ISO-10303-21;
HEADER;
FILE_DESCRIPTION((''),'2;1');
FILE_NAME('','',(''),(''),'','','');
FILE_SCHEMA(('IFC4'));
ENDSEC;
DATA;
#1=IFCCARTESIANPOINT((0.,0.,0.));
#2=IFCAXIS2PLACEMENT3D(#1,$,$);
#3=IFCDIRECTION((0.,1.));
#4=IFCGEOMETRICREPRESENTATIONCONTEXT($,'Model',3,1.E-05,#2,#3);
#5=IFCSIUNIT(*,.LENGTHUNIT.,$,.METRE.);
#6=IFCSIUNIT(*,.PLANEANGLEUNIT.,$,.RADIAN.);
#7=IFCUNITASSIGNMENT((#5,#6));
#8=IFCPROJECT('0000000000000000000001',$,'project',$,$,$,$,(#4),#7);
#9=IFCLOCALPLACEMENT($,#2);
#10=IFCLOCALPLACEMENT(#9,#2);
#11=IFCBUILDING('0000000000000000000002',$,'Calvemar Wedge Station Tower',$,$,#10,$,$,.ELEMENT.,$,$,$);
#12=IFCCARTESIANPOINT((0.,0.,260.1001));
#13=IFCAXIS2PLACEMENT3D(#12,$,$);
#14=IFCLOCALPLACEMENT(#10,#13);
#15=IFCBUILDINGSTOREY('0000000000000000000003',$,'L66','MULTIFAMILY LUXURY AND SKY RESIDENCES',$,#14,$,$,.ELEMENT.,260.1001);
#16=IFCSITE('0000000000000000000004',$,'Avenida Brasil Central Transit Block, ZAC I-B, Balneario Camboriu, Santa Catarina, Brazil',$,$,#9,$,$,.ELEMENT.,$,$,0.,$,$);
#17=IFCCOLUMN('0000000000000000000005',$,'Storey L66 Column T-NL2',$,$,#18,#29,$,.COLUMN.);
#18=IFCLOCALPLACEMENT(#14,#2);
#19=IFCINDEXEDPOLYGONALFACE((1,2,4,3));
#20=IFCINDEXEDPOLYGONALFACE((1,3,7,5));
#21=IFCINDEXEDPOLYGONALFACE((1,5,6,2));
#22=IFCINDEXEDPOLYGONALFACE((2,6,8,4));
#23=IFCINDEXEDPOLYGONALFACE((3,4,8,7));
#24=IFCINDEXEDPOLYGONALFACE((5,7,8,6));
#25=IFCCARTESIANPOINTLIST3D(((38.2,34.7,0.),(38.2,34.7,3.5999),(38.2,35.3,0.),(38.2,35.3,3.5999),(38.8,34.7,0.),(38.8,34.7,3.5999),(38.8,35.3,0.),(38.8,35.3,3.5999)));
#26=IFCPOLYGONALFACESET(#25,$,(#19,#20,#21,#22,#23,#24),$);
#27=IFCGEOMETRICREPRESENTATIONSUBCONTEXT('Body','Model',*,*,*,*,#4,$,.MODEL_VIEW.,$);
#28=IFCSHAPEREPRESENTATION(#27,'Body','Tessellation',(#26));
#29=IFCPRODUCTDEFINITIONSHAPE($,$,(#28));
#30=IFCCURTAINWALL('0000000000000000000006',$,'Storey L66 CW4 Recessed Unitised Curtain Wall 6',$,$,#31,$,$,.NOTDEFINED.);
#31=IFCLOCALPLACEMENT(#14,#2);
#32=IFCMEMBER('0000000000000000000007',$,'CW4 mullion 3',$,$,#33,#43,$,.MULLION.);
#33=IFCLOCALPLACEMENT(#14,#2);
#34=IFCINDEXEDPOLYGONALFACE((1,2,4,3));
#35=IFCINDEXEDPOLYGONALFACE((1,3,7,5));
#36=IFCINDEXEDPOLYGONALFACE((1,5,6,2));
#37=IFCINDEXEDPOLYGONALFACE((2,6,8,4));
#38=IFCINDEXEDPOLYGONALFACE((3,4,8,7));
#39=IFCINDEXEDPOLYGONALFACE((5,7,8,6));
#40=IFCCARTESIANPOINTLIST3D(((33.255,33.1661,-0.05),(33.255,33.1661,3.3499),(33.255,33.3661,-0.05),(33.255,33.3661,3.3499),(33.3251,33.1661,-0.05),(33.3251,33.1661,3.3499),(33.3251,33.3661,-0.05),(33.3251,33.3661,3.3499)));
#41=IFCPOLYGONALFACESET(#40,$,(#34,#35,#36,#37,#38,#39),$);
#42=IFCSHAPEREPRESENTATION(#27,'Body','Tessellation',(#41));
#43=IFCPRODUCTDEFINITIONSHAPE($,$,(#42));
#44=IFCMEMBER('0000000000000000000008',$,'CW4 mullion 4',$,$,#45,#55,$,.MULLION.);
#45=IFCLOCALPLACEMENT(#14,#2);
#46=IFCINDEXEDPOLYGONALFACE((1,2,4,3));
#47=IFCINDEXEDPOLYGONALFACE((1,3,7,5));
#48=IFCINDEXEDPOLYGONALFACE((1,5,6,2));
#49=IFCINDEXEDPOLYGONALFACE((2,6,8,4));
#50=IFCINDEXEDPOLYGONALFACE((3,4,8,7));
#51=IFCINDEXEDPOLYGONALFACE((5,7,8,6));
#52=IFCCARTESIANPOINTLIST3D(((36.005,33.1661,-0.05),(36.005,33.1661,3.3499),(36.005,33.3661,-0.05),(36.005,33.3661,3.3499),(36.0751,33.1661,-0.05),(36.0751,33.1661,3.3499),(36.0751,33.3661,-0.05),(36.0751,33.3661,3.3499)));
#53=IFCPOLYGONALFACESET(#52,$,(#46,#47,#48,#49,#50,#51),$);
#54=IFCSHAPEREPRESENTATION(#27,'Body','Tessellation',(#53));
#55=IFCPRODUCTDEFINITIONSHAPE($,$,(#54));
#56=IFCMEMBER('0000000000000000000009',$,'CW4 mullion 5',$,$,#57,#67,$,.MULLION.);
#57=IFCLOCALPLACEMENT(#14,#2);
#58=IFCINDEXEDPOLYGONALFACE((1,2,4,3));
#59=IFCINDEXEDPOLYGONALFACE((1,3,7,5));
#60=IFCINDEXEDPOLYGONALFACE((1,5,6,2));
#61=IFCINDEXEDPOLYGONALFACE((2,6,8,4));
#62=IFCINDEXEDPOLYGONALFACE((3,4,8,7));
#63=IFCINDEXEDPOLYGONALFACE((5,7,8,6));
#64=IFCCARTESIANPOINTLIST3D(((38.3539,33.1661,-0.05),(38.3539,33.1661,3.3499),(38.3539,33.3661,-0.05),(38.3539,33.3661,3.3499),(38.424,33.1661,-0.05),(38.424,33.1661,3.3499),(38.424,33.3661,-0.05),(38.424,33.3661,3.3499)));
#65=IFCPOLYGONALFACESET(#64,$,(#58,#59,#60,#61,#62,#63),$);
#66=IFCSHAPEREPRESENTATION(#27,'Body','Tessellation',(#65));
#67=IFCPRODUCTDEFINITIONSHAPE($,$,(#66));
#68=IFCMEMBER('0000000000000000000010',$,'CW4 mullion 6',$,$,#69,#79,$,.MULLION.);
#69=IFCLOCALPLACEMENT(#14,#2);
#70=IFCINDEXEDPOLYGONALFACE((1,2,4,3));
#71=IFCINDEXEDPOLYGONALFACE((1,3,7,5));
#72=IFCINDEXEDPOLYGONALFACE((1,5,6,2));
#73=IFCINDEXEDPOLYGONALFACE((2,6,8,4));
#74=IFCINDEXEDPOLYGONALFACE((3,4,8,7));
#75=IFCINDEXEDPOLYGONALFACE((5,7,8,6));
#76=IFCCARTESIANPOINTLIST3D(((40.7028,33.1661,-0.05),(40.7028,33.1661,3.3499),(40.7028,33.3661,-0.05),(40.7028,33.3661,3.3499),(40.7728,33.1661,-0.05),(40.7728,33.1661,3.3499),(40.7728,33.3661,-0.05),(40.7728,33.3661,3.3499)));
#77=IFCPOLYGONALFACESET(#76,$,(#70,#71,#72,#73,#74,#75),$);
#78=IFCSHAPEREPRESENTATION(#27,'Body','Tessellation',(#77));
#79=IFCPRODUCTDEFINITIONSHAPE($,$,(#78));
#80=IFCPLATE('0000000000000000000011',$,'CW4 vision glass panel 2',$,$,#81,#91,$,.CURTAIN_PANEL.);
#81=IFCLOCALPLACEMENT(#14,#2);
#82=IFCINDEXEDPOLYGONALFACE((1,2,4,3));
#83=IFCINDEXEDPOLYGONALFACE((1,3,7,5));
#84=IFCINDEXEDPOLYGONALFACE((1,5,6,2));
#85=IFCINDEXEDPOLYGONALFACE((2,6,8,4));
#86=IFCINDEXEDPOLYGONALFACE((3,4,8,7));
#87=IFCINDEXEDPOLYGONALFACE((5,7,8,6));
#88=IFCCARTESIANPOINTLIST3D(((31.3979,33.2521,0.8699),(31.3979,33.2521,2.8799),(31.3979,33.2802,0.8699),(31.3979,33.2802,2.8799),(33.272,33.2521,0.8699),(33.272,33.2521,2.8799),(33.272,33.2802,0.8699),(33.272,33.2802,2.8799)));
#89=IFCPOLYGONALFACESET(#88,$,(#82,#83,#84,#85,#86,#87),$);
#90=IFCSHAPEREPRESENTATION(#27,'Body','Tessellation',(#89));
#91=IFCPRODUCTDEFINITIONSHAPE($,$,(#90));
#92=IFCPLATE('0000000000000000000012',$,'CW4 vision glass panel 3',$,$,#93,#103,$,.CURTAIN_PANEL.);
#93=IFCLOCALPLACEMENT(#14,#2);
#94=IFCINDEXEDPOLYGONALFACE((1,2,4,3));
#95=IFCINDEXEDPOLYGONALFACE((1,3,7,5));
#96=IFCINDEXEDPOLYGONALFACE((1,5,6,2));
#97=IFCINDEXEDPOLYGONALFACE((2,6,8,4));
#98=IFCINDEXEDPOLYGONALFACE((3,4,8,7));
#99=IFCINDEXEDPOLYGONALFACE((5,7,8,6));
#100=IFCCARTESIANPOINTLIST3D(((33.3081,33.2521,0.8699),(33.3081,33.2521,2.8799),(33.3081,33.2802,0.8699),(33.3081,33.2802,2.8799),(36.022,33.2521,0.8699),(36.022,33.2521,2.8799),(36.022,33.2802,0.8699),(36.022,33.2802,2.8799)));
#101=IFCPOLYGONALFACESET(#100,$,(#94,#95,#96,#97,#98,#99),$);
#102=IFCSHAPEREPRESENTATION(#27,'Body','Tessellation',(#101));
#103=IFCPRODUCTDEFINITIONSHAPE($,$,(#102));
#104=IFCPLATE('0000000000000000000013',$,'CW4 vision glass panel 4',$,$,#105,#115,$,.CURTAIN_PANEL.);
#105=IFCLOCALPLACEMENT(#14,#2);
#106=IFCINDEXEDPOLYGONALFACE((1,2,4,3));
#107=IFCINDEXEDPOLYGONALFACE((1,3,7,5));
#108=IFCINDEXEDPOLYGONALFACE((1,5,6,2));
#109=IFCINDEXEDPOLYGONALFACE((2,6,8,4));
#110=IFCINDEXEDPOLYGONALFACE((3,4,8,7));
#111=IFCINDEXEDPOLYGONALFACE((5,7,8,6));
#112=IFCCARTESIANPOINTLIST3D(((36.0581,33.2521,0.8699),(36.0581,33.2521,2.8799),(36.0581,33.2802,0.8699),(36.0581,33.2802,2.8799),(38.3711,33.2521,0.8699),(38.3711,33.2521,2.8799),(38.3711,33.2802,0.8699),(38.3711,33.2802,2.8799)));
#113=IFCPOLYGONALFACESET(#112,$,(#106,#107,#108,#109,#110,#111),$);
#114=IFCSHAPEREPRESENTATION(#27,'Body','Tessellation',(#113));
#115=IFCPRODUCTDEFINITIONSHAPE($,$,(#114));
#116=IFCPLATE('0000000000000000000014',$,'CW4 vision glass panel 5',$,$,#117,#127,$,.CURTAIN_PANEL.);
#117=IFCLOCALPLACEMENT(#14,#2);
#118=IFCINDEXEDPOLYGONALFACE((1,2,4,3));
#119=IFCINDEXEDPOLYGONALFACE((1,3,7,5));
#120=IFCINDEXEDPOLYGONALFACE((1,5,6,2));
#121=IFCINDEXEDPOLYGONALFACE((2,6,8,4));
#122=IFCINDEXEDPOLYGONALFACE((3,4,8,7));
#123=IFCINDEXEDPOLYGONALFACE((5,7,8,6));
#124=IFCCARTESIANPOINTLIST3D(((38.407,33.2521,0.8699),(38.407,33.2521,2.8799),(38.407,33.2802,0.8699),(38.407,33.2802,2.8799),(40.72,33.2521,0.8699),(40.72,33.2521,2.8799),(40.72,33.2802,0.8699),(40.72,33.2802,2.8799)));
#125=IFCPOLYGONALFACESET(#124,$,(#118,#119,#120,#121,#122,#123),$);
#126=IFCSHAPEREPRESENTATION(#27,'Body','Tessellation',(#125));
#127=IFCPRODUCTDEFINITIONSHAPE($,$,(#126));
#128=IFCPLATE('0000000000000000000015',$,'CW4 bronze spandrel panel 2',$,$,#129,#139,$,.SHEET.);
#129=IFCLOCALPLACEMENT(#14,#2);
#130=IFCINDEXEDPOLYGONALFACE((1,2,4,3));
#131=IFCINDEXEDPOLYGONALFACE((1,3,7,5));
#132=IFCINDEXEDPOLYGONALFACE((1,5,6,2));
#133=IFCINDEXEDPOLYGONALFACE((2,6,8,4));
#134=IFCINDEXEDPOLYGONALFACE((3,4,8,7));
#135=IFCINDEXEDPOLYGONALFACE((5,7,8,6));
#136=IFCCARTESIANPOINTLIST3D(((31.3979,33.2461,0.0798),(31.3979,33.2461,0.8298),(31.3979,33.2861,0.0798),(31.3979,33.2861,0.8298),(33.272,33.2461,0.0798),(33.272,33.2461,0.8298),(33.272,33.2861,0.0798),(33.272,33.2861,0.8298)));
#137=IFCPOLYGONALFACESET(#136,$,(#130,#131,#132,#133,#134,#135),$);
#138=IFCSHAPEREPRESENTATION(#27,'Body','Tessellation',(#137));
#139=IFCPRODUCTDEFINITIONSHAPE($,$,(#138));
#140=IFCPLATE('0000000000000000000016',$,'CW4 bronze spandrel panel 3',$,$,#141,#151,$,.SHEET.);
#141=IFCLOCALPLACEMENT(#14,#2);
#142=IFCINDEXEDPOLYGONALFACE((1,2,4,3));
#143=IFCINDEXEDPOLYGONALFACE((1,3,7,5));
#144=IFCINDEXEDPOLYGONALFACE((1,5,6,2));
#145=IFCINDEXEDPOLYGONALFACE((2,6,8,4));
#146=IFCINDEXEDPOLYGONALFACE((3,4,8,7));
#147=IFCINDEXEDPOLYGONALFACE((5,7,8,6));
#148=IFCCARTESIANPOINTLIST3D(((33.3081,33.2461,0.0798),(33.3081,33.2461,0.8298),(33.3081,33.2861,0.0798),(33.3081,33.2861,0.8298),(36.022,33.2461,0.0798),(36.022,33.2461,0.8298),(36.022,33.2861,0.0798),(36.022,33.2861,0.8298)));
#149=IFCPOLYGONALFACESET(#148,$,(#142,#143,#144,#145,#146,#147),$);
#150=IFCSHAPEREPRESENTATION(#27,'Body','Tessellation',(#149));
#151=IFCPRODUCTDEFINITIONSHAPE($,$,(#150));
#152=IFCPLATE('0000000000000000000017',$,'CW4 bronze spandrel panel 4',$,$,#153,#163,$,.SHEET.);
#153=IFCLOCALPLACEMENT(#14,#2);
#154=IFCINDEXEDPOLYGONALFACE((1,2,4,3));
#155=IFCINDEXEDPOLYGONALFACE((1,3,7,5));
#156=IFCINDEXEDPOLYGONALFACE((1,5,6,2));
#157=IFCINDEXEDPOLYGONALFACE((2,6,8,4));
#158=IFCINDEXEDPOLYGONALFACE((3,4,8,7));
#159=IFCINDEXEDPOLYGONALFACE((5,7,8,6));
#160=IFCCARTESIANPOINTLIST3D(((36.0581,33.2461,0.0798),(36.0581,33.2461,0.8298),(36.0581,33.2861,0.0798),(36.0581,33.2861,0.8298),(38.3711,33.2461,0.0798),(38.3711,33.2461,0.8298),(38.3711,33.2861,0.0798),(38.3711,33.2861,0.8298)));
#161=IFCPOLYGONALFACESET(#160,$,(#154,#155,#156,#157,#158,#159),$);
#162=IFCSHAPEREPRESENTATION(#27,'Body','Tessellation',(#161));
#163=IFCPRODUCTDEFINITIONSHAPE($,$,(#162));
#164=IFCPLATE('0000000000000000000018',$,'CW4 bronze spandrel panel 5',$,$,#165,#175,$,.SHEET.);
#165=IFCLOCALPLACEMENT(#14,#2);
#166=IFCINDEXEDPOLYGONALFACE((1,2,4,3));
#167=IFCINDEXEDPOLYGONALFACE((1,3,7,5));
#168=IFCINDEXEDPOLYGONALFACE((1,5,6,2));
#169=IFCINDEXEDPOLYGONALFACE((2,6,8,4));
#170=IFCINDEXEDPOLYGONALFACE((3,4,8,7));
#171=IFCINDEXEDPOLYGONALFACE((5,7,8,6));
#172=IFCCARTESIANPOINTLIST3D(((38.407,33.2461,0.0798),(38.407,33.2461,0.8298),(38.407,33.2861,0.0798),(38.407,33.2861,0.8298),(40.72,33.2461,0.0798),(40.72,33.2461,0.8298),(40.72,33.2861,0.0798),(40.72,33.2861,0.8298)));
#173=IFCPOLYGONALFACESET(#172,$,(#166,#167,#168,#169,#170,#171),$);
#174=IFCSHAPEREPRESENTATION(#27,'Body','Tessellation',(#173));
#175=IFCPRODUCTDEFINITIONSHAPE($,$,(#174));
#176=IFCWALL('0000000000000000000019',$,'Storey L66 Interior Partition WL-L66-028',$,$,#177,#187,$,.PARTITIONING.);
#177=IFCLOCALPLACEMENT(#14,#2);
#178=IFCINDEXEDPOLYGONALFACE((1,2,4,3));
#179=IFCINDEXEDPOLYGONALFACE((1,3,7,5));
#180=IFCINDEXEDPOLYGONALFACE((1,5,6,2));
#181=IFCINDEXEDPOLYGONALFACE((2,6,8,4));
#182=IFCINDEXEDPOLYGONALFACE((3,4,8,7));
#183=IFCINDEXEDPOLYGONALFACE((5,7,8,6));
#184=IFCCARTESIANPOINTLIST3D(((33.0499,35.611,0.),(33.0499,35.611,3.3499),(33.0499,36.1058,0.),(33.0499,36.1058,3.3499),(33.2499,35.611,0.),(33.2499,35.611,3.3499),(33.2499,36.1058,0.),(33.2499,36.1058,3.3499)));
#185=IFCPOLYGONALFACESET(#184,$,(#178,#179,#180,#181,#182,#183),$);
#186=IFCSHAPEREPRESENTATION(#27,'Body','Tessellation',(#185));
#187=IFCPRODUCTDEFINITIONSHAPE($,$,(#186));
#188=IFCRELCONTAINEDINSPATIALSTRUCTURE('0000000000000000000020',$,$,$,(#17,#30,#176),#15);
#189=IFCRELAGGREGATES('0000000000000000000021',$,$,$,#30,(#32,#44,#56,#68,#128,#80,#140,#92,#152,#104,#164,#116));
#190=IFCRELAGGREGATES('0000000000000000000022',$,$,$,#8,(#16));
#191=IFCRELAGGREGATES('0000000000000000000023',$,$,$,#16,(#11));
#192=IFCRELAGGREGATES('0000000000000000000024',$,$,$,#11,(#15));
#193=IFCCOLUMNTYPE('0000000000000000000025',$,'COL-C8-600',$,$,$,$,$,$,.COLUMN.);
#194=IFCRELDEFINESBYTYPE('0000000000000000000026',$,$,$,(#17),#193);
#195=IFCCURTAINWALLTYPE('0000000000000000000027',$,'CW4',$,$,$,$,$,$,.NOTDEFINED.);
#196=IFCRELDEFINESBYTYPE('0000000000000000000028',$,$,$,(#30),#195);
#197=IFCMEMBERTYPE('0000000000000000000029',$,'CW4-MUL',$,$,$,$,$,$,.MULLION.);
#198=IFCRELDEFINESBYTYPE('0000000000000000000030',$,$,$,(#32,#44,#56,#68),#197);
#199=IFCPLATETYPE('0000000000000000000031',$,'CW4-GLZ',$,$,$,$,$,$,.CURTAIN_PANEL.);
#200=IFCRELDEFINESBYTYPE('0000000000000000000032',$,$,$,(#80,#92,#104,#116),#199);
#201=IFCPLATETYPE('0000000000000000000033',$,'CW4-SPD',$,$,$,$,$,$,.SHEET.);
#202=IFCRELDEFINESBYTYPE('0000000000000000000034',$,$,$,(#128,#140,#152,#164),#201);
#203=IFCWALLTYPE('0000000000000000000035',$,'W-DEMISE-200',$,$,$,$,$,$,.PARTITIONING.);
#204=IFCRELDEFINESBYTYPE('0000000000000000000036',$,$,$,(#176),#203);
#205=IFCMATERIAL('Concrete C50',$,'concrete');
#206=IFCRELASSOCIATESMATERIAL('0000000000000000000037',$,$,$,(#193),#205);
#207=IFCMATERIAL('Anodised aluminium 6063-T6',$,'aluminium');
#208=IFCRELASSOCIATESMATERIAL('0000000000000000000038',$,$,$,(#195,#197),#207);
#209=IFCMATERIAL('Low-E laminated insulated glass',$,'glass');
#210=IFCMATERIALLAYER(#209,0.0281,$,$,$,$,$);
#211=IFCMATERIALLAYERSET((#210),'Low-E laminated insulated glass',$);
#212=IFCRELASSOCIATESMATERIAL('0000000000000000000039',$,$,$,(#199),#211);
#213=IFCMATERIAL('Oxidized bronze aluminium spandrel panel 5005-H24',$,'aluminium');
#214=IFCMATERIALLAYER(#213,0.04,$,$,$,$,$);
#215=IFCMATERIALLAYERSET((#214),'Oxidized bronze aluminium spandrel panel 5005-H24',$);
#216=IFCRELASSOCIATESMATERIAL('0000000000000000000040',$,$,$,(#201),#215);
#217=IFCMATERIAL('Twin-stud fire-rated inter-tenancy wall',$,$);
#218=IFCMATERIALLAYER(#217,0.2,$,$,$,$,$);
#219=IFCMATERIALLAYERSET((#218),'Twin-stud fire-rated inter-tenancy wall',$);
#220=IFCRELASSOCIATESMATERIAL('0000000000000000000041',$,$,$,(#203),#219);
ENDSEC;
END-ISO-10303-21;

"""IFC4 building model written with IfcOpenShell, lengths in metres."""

from ifc_helpers import new_model, si_unit, direction, frame, frame_2d, origin, origin_2d, place, context, subcontext, project, spatial, rectangle, extrude, source, transform, mapped, material, layer, layer_set, material_profile, profile_set, type_object, element, aggregate, save


model = new_model("IFC4")

# Units and contexts
model_context = context("Model", 3, precision=1e-05, world=origin(), true_north=direction((0.0, 1.0)))
body_context = subcontext(model_context, "Body", "Model", "MODEL_VIEW")
ifc_project = project(units=[si_unit("LENGTHUNIT", "METRE"), si_unit("PLANEANGLEUNIT", "RADIAN")], contexts=[model_context])

# Site, building, storey
site_placement = place(None, origin())
site = spatial("IfcSite", under=ifc_project, at=site_placement, Name="Avenida Brasil Central Transit Block, ZAC I-B, Balneario Camboriu, Santa Catarina, Brazil", CompositionType="ELEMENT", RefElevation=0.0)
building_placement = place(site_placement, origin())
building = spatial("IfcBuilding", under=site, at=building_placement, Name="Calvemar Wedge Station Tower", CompositionType="ELEMENT")
storey_placement = place(building_placement, frame((0.0, 0.0, 260.1001)))
storey = spatial("IfcBuildingStorey", under=building, at=storey_placement, Name="L66", Description="MULTIFAMILY LUXURY AND SKY RESIDENCES", CompositionType="ELEMENT", Elevation=260.1001)

# Column
ifc_material_1 = material(Name="Concrete C50", Category="concrete")
ifc_material_profile_1 = material_profile(ifc_material_1, rectangle(XDim=0.6001, YDim=0.6001, at=origin_2d()), Name="RC600x600")
ifc_profile_set_1 = profile_set([ifc_material_profile_1], Name="Concrete C50")
column_type = type_object("IfcColumnType", Name="COL-C8-600", PredefinedType="COLUMN", material=ifc_profile_set_1)
shared_shape_1 = source(origin(), body_context, "Body", "SweptSolid", [
    extrude(rectangle(XDim=0.6001, YDim=0.6001, at=origin_2d()), origin(), (0.0, 0.0, 1.0), 3.5999),
])
column_placement = place(storey_placement, frame((38.5, 35.0, 0.0), z_axis=(0.0, 0.0, 1.0), x_axis=(1.0, 0.0, 0.0)))
element("IfcColumn", 1, at=column_placement, inside=storey, type_object=column_type, Name="Storey L66 Column T-NL2", PredefinedType="COLUMN", context=body_context, shape_type="MappedRepresentation", body=[
    mapped(shared_shape_1, transform((0.0, 0.0, 0.0), scale=1.0)),
])

# Curtain wall, members, plates
ifc_material_2 = material(Name="Anodised aluminium 6063-T6", Category="aluminium")
curtain_wall_type = type_object("IfcCurtainWallType", Name="CW4", PredefinedType="NOTDEFINED", material=ifc_material_2)
curtain_wall_placement = place(storey_placement, origin())
curtain_wall = element("IfcCurtainWall", 2, at=curtain_wall_placement, inside=storey, type_object=curtain_wall_type, Name="Storey L66 CW4 Recessed Unitised Curtain Wall 6", PredefinedType="NOTDEFINED")
ifc_material_profile_2 = material_profile(ifc_material_2, rectangle(XDim=0.0701, YDim=0.2, at=origin_2d()), Name="AL-MUL-70x200")
ifc_profile_set_2 = profile_set([ifc_material_profile_2], Name="Anodised aluminium 6063-T6")
member_type = type_object("IfcMemberType", Name="CW4-MUL", PredefinedType="MULLION", material=ifc_profile_set_2)
shared_shape_2 = source(origin(), body_context, "Body", "SweptSolid", [
    extrude(rectangle(XDim=0.0701, YDim=0.2, at=origin_2d()), origin(), (0.0, 0.0, 1.0), 3.3999),
])
member_1_placement = place(storey_placement, frame((33.29, 33.2661, -0.05), z_axis=(0.0, 0.0, 1.0), x_axis=(1.0, 0.0, 0.0)))
member_1 = element("IfcMember", 3, at=member_1_placement, type_object=member_type, Name="CW4 mullion 3", PredefinedType="MULLION", context=body_context, shape_type="MappedRepresentation", body=[
    mapped(shared_shape_2, transform((0.0, 0.0, 0.0), scale=1.0)),
])
member_2_placement = place(storey_placement, frame((36.04, 33.2661, -0.05), z_axis=(0.0, 0.0, 1.0), x_axis=(1.0, 0.0, 0.0)))
member_2 = element("IfcMember", 4, at=member_2_placement, type_object=member_type, Name="CW4 mullion 4", PredefinedType="MULLION", context=body_context, shape_type="MappedRepresentation", body=[
    mapped(shared_shape_2, transform((0.0, 0.0, 0.0), scale=1.0)),
])
member_3_placement = place(storey_placement, frame((38.3889, 33.2661, -0.05), z_axis=(0.0, 0.0, 1.0), x_axis=(1.0, 0.0, 0.0)))
member_3 = element("IfcMember", 5, at=member_3_placement, type_object=member_type, Name="CW4 mullion 5", PredefinedType="MULLION", context=body_context, shape_type="MappedRepresentation", body=[
    mapped(shared_shape_2, transform((0.0, 0.0, 0.0), scale=1.0)),
])
member_4_placement = place(storey_placement, frame((40.7378, 33.2661, -0.05), z_axis=(0.0, 0.0, 1.0), x_axis=(1.0, 0.0, 0.0)))
member_4 = element("IfcMember", 6, at=member_4_placement, type_object=member_type, Name="CW4 mullion 6", PredefinedType="MULLION", context=body_context, shape_type="MappedRepresentation", body=[
    mapped(shared_shape_2, transform((0.0, 0.0, 0.0), scale=1.0)),
])
ifc_material_3 = material(Name="Low-E laminated insulated glass", Category="glass")
ifc_layer_1 = layer(ifc_material_3, 0.0281)
ifc_layer_set_1 = layer_set([ifc_layer_1], Name="Low-E laminated insulated glass")
plate_type_1 = type_object("IfcPlateType", Name="CW4-GLZ", PredefinedType="CURTAIN_PANEL", material=ifc_layer_set_1)
plate_1_placement = place(storey_placement, frame((31.3979, 33.2661, 0.8699), z_axis=(0.0, 0.0, 1.0), x_axis=(1.0, 0.0, 0.0)))
plate_1 = element("IfcPlate", 7, at=plate_1_placement, type_object=plate_type_1, Name="CW4 vision glass panel 2", PredefinedType="CURTAIN_PANEL", context=body_context, shape_type="SweptSolid", body=[
    extrude(rectangle(XDim=1.874, YDim=0.0281, at=frame_2d((0.937, 0.0))), origin(), (0.0, 0.0, 1.0), 2.01),
])
plate_2_placement = place(storey_placement, frame((33.3081, 33.2661, 0.8699), z_axis=(0.0, 0.0, 1.0), x_axis=(1.0, 0.0, 0.0)))
plate_2 = element("IfcPlate", 8, at=plate_2_placement, type_object=plate_type_1, Name="CW4 vision glass panel 3", PredefinedType="CURTAIN_PANEL", context=body_context, shape_type="SweptSolid", body=[
    extrude(rectangle(XDim=2.7139, YDim=0.0281, at=frame_2d((1.3569, 0.0))), origin(), (0.0, 0.0, 1.0), 2.01),
])
plate_3_placement = place(storey_placement, frame((36.0581, 33.2661, 0.8699), z_axis=(0.0, 0.0, 1.0), x_axis=(1.0, 0.0, 0.0)))
plate_3 = element("IfcPlate", 9, at=plate_3_placement, type_object=plate_type_1, Name="CW4 vision glass panel 4", PredefinedType="CURTAIN_PANEL", context=body_context, shape_type="SweptSolid", body=[
    extrude(rectangle(XDim=2.313, YDim=0.0281, at=frame_2d((1.1565, 0.0))), origin(), (0.0, 0.0, 1.0), 2.01),
])
plate_4_placement = place(storey_placement, frame((38.407, 33.2661, 0.8699), z_axis=(0.0, 0.0, 1.0), x_axis=(1.0, 0.0, 0.0)))
plate_4 = element("IfcPlate", 10, at=plate_4_placement, type_object=plate_type_1, Name="CW4 vision glass panel 5", PredefinedType="CURTAIN_PANEL", context=body_context, shape_type="SweptSolid", body=[
    extrude(rectangle(XDim=2.313, YDim=0.0281, at=frame_2d((1.1565, 0.0))), origin(), (0.0, 0.0, 1.0), 2.01),
])
ifc_material_4 = material(Name="Oxidized bronze aluminium spandrel panel 5005-H24", Category="aluminium")
ifc_layer_2 = layer(ifc_material_4, 0.04)
ifc_layer_set_2 = layer_set([ifc_layer_2], Name="Oxidized bronze aluminium spandrel panel 5005-H24")
plate_type_2 = type_object("IfcPlateType", Name="CW4-SPD", PredefinedType="SHEET", material=ifc_layer_set_2)
plate_5_placement = place(storey_placement, frame((31.3979, 33.2661, 0.0798), z_axis=(0.0, 0.0, 1.0), x_axis=(1.0, 0.0, 0.0)))
plate_5 = element("IfcPlate", 11, at=plate_5_placement, type_object=plate_type_2, Name="CW4 bronze spandrel panel 2", PredefinedType="SHEET", context=body_context, shape_type="SweptSolid", body=[
    extrude(rectangle(XDim=1.874, YDim=0.04, at=frame_2d((0.937, 0.0))), origin(), (0.0, 0.0, 1.0), 0.75),
])
plate_6_placement = place(storey_placement, frame((33.3081, 33.2661, 0.0798), z_axis=(0.0, 0.0, 1.0), x_axis=(1.0, 0.0, 0.0)))
plate_6 = element("IfcPlate", 12, at=plate_6_placement, type_object=plate_type_2, Name="CW4 bronze spandrel panel 3", PredefinedType="SHEET", context=body_context, shape_type="SweptSolid", body=[
    extrude(rectangle(XDim=2.7139, YDim=0.04, at=frame_2d((1.3569, 0.0))), origin(), (0.0, 0.0, 1.0), 0.75),
])
plate_7_placement = place(storey_placement, frame((36.0581, 33.2661, 0.0798), z_axis=(0.0, 0.0, 1.0), x_axis=(1.0, 0.0, 0.0)))
plate_7 = element("IfcPlate", 13, at=plate_7_placement, type_object=plate_type_2, Name="CW4 bronze spandrel panel 4", PredefinedType="SHEET", context=body_context, shape_type="SweptSolid", body=[
    extrude(rectangle(XDim=2.313, YDim=0.04, at=frame_2d((1.1565, 0.0))), origin(), (0.0, 0.0, 1.0), 0.75),
])
plate_8_placement = place(storey_placement, frame((38.407, 33.2661, 0.0798), z_axis=(0.0, 0.0, 1.0), x_axis=(1.0, 0.0, 0.0)))
plate_8 = element("IfcPlate", 14, at=plate_8_placement, type_object=plate_type_2, Name="CW4 bronze spandrel panel 5", PredefinedType="SHEET", context=body_context, shape_type="SweptSolid", body=[
    extrude(rectangle(XDim=2.313, YDim=0.04, at=frame_2d((1.1565, 0.0))), origin(), (0.0, 0.0, 1.0), 0.75),
])
aggregate(curtain_wall, [member_1, member_2, member_3, member_4, plate_5, plate_1, plate_6, plate_2, plate_7, plate_3, plate_8, plate_4])

# Wall
ifc_material_5 = material(Name="Twin-stud fire-rated inter-tenancy wall")
ifc_layer_3 = layer(ifc_material_5, 0.2)
ifc_layer_set_3 = layer_set([ifc_layer_3], Name="Twin-stud fire-rated inter-tenancy wall")
wall_type_1 = type_object("IfcWallType", Name="W-DEMISE-200", PredefinedType="PARTITIONING", material=ifc_layer_set_3)
wall_1_placement = place(storey_placement, frame((33.1499, 36.106, 0.0), z_axis=(0.0, 0.0, 1.0), x_axis=(0.0, -1.0, 0.0)))
element("IfcWall", 15, at=wall_1_placement, inside=storey, type_object=wall_type_1, Name="Storey L66 Interior Partition WL-L66-028", PredefinedType="PARTITIONING", context=body_context, shape_type="SweptSolid", body=[
    extrude(rectangle(XDim=0.4949, YDim=0.2, at=frame_2d((0.2476, 0.0))), origin(), (0.0, 0.0, 1.0), 3.3499),
])

save(model, "model.ifc")
